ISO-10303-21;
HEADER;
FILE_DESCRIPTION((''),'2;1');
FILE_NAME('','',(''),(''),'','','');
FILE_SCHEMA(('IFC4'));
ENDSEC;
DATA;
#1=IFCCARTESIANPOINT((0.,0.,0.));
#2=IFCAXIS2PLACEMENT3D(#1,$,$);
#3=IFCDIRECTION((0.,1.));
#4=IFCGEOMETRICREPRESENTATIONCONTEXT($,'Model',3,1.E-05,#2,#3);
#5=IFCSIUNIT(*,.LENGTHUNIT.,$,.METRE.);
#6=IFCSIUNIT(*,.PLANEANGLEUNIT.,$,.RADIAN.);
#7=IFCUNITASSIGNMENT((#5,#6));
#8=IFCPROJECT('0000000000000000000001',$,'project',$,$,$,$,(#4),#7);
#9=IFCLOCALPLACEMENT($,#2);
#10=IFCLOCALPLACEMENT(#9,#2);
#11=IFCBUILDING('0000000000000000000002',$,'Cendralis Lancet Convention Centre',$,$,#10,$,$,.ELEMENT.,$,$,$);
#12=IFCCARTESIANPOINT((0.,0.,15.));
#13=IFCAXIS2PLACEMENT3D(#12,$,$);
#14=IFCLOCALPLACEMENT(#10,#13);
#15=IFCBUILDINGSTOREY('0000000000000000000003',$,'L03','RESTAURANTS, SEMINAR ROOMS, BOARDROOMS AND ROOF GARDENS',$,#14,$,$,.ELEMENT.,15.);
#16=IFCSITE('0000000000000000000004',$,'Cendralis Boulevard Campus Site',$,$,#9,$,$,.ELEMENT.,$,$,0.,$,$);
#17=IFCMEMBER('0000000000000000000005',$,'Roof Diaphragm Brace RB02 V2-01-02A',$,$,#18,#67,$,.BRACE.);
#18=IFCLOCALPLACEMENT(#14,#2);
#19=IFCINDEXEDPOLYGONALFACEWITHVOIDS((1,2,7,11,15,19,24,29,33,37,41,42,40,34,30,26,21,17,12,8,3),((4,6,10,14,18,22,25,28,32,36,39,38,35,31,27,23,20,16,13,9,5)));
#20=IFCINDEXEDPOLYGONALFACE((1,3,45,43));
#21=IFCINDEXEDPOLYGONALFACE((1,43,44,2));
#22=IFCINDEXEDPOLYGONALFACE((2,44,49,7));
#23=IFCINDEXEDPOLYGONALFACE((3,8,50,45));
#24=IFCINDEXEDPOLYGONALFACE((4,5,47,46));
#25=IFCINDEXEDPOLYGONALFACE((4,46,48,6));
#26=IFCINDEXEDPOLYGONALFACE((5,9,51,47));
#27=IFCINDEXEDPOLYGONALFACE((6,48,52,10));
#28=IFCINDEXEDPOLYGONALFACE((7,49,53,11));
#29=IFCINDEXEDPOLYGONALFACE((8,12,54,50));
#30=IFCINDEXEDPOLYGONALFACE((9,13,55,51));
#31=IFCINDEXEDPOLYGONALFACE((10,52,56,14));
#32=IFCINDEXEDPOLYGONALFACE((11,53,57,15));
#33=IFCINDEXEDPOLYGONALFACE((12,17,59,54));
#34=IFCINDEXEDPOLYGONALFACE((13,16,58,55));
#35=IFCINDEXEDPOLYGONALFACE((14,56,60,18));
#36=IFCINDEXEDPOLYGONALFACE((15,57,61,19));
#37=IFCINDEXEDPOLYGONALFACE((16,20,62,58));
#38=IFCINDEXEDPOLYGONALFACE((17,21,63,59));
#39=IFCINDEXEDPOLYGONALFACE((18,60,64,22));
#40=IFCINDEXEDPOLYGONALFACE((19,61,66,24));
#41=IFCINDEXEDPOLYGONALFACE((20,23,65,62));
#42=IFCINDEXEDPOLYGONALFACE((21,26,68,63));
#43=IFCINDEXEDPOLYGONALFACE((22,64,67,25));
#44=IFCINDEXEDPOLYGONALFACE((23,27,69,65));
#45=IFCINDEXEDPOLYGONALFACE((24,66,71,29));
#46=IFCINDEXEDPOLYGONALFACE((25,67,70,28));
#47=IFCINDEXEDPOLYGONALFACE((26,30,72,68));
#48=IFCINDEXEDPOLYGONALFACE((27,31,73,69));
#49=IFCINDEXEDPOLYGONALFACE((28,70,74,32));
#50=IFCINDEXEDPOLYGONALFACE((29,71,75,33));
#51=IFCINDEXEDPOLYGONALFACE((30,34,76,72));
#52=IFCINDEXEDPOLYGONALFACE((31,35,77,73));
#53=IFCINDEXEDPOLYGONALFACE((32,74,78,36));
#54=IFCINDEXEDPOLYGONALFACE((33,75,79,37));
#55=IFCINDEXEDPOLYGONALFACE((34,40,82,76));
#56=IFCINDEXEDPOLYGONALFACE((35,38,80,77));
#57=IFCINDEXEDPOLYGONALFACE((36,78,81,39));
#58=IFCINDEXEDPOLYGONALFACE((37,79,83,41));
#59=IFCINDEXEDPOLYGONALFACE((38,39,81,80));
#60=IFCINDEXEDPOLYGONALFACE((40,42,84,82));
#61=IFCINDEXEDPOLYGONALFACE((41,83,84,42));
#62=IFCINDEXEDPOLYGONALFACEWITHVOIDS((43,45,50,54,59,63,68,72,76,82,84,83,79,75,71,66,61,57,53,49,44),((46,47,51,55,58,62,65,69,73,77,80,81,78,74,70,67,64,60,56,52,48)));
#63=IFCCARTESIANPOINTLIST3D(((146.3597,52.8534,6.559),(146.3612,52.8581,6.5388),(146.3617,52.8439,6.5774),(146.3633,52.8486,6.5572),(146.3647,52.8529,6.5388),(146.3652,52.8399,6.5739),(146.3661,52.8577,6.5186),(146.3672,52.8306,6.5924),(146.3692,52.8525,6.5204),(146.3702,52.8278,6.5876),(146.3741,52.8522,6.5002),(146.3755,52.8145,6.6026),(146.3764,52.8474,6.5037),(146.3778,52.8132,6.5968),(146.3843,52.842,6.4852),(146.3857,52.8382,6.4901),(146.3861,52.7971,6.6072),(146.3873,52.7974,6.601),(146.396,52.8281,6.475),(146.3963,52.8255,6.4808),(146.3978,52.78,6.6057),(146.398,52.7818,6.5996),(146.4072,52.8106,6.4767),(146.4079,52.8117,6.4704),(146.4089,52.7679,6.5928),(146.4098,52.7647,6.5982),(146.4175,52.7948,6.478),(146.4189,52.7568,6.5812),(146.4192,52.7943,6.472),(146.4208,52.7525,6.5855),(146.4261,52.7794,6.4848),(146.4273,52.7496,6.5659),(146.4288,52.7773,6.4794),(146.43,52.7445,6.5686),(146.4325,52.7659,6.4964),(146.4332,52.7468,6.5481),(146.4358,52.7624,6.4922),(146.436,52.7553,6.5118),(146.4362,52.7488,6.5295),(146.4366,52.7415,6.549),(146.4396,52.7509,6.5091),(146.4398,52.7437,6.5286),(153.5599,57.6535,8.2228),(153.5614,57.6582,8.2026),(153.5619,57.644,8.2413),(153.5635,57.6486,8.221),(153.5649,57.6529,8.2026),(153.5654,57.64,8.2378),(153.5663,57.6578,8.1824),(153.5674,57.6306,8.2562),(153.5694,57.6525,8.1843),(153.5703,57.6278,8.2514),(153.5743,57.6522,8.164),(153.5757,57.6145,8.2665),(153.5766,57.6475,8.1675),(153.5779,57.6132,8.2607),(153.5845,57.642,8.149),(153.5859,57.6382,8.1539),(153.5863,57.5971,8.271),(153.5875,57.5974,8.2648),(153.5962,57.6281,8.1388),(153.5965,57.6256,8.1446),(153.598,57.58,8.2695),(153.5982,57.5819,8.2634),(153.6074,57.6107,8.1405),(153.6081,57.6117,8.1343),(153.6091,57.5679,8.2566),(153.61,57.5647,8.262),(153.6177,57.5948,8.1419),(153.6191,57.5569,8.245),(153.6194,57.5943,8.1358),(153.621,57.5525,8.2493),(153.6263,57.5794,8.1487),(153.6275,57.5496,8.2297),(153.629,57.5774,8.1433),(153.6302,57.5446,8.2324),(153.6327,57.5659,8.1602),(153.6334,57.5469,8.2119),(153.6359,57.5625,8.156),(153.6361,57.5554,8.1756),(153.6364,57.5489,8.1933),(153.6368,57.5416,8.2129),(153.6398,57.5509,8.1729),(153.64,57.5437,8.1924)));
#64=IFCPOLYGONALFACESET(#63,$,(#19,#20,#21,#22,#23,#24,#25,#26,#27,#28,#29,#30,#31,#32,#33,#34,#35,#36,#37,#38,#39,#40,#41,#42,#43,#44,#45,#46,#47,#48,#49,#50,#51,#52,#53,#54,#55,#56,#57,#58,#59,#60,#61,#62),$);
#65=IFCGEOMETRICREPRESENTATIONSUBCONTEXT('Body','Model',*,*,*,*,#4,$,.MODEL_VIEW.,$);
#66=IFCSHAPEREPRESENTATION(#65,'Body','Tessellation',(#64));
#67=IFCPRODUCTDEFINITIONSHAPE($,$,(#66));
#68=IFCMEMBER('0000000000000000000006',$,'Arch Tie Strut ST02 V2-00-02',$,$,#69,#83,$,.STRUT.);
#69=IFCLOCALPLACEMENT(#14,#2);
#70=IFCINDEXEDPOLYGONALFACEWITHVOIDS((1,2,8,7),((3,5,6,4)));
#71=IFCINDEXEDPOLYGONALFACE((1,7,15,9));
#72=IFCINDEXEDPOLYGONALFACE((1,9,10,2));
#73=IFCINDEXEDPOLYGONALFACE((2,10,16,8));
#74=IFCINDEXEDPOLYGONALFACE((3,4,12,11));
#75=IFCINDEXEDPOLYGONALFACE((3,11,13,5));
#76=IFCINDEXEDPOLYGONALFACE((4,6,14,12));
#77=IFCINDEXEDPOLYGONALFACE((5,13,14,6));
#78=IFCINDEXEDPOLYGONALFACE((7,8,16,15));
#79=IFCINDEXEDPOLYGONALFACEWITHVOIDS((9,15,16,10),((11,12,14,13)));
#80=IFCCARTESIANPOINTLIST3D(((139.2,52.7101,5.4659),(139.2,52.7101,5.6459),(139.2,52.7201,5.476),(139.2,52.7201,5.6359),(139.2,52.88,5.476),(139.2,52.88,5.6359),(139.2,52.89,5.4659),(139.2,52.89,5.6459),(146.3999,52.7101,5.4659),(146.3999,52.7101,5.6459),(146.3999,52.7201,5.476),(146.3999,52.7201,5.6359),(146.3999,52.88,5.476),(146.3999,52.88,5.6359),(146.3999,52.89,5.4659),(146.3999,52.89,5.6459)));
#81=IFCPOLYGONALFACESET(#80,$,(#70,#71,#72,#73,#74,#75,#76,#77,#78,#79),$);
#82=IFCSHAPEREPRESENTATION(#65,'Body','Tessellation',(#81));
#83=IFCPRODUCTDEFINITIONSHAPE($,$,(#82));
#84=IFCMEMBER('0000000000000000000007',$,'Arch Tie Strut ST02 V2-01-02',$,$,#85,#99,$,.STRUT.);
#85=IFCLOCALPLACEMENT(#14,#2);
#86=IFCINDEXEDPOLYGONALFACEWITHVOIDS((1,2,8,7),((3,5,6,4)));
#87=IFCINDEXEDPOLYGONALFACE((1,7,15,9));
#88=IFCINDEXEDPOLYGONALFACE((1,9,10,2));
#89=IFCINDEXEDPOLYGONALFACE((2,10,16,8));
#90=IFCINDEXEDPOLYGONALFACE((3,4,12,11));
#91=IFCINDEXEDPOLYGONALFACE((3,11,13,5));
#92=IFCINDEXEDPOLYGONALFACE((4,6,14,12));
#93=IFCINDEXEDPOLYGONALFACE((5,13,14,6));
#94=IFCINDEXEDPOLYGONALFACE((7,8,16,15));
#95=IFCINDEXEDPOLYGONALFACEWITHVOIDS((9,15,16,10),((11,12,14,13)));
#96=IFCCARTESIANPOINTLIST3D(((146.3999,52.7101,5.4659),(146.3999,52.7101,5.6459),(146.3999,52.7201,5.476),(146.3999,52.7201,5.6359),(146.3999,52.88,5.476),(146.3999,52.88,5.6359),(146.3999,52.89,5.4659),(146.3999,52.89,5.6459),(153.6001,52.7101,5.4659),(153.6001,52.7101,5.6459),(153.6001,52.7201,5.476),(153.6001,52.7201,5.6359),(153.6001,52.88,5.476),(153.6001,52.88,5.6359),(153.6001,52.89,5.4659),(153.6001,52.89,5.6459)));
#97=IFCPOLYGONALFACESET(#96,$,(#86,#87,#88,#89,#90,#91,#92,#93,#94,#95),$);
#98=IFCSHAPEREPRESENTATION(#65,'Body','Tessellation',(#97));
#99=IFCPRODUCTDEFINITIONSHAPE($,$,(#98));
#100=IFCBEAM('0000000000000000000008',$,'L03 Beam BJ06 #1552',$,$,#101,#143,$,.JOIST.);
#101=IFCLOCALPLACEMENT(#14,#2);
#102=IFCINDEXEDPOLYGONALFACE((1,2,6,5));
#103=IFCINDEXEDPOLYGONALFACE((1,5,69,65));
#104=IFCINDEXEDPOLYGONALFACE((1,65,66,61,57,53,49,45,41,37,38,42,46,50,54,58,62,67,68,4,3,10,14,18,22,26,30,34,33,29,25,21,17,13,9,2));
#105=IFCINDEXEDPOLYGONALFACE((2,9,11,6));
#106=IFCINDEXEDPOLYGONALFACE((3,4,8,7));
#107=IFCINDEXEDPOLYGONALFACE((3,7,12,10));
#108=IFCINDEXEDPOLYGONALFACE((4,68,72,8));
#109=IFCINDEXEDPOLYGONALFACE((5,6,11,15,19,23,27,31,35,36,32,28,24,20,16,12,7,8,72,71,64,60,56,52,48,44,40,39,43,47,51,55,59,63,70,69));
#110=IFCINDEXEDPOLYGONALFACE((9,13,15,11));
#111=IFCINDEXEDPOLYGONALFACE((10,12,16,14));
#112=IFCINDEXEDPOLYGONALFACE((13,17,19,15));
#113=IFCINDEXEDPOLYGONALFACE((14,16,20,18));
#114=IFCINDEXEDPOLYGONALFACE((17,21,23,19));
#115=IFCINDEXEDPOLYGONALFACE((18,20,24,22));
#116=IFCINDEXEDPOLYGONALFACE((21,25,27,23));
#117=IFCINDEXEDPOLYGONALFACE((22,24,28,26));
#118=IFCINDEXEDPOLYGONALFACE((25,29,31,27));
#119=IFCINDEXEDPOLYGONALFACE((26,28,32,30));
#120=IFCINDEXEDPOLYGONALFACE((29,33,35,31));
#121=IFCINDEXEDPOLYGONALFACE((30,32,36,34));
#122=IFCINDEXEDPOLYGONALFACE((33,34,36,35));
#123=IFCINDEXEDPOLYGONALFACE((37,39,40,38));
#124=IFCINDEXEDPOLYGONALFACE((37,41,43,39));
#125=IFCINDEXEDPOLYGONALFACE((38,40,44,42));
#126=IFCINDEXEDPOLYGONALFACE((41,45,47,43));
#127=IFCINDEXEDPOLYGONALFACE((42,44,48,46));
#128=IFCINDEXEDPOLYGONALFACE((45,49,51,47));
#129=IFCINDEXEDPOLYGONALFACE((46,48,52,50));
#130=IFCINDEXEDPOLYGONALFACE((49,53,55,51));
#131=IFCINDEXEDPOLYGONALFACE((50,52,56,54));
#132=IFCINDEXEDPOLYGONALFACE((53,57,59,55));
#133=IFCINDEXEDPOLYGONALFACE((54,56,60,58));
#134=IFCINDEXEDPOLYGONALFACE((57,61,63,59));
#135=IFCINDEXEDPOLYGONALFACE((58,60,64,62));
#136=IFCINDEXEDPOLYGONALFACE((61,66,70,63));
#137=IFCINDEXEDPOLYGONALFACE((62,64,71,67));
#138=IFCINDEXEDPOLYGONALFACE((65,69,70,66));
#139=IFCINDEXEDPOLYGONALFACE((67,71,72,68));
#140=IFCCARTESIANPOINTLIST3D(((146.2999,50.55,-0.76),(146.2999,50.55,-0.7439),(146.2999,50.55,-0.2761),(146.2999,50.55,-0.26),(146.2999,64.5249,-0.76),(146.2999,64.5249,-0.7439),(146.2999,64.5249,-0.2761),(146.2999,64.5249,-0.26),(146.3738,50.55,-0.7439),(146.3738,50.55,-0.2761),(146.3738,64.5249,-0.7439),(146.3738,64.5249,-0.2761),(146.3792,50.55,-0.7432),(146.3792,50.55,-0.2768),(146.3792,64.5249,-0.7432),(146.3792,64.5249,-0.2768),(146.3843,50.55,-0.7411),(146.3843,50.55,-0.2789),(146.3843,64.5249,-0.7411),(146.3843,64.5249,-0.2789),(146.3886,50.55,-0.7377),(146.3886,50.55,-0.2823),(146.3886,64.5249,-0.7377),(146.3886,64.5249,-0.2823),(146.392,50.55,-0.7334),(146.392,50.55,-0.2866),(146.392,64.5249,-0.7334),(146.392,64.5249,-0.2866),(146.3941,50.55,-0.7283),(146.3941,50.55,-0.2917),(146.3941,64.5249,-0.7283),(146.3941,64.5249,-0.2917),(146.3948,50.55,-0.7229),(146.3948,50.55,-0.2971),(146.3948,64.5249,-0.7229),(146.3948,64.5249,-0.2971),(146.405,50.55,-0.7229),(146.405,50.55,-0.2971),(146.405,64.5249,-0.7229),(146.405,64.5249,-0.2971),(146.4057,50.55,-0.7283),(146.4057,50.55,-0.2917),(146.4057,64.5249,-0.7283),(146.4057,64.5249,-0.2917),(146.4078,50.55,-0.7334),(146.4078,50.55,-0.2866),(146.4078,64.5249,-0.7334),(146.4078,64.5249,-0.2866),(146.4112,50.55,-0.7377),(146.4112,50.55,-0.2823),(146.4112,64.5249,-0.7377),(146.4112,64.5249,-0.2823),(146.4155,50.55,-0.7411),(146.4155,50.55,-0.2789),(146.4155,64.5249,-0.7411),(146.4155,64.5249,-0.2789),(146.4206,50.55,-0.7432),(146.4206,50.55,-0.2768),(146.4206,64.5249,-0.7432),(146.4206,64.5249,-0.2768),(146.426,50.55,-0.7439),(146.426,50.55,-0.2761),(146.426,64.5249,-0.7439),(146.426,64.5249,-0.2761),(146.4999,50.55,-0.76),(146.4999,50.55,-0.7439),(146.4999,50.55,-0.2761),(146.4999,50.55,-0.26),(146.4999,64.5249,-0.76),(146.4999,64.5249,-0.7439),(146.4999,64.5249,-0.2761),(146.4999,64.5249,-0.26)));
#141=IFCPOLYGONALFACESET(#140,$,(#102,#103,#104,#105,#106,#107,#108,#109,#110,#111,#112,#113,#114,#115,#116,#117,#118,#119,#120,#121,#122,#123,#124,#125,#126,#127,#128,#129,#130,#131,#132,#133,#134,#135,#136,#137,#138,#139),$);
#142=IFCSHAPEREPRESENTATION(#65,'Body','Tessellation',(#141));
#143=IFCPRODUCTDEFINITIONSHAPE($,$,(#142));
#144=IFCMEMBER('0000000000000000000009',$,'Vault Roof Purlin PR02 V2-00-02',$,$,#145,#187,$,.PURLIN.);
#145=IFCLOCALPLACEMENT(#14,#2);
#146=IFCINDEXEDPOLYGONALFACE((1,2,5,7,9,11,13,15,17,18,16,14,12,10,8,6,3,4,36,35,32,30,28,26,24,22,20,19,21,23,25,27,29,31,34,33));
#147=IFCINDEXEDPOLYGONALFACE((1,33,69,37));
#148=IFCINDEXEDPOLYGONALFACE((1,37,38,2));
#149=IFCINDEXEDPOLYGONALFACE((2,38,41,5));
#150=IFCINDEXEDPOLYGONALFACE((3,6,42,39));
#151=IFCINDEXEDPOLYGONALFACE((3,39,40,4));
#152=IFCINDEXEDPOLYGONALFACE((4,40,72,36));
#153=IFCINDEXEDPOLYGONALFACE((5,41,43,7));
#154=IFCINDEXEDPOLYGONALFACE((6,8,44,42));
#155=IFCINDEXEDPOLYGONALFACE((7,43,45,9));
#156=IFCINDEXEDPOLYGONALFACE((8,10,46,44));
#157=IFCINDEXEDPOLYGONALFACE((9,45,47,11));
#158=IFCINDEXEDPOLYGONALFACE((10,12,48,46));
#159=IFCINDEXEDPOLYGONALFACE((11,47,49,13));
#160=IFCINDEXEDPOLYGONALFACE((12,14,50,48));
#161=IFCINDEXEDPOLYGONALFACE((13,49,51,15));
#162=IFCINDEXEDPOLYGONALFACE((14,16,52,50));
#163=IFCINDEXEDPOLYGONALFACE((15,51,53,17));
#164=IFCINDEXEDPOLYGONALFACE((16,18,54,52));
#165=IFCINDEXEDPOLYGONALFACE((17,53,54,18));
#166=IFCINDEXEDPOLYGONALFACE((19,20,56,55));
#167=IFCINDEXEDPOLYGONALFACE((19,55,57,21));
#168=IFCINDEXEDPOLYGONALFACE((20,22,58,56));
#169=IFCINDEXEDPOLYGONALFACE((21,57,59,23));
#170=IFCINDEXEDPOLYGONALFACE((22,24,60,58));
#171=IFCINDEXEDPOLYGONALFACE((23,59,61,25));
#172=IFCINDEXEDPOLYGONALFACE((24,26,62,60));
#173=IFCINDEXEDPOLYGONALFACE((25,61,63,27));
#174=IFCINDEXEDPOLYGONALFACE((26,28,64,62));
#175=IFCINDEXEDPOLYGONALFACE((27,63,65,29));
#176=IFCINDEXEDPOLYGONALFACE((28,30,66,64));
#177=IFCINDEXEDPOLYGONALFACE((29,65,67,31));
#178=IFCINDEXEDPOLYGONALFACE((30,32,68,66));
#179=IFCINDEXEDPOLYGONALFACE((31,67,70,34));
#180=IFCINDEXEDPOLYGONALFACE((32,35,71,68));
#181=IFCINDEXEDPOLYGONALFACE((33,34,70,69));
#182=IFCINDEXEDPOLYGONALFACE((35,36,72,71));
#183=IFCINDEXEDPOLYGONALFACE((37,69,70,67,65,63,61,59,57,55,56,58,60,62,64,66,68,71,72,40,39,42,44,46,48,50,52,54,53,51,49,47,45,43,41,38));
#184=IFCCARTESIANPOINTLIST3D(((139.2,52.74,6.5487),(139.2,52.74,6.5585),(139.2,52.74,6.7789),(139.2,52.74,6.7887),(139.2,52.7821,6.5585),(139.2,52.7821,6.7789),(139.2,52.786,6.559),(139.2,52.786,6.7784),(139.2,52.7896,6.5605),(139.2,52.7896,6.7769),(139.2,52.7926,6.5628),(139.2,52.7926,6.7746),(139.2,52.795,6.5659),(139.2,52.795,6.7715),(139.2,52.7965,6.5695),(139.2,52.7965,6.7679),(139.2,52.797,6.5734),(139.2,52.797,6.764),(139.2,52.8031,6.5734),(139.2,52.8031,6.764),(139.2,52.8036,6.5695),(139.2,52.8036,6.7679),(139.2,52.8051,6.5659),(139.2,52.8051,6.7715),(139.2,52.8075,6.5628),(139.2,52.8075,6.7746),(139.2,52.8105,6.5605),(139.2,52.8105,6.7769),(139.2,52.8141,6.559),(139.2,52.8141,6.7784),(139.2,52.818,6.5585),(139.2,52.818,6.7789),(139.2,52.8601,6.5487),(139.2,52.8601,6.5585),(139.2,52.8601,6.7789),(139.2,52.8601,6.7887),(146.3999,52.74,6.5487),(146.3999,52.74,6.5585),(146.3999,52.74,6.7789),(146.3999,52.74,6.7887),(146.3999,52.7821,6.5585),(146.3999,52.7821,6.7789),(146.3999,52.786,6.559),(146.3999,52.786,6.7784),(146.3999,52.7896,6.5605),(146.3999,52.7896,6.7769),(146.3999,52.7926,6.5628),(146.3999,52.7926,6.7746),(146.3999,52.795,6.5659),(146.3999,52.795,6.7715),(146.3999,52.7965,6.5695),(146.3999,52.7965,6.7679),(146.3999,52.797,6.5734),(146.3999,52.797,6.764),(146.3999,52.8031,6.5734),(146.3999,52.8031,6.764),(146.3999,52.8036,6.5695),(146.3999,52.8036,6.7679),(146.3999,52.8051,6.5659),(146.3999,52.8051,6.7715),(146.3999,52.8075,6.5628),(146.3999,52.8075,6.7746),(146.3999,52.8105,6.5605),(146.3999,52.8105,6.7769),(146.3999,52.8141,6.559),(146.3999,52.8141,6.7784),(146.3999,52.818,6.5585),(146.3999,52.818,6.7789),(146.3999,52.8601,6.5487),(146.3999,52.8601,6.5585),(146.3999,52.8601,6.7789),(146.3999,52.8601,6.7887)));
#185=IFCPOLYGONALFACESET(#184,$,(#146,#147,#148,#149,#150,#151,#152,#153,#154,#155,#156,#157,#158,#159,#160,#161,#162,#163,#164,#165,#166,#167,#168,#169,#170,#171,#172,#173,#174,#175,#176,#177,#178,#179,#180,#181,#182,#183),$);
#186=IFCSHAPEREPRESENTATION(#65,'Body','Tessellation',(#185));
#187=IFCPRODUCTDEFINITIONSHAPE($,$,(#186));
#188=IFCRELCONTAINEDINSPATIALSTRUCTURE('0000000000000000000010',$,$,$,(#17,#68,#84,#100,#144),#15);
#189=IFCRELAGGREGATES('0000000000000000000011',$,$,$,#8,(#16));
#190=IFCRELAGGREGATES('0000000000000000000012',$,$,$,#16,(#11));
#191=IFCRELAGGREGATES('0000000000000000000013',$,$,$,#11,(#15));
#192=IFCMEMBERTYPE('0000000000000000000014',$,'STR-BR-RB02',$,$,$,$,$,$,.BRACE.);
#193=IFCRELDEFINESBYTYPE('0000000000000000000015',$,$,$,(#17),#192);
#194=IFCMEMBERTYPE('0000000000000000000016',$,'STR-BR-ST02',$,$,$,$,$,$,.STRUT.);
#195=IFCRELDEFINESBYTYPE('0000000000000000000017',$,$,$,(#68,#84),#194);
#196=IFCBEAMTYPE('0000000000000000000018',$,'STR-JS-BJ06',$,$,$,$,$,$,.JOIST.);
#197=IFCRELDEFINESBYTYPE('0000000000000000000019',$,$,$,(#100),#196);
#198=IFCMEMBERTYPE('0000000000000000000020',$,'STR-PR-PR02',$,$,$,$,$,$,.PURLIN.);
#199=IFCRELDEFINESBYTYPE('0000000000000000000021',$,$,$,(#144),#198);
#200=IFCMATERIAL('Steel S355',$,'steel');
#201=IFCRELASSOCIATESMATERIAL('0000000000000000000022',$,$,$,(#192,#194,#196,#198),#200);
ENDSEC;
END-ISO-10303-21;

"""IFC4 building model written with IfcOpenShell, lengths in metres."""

from ifc_helpers import new_model, si_unit, direction, frame, origin, origin_2d, place, context, subcontext, project, spatial, hollow_rectangle, hollow_circle, i_section, extrude, material, material_profile, profile_set, type_object, element, save


model = new_model("IFC4")

# Units and contexts
model_context = context("Model", 3, precision=1e-05, world=origin(), true_north=direction((0.0, 1.0)))
body_context = subcontext(model_context, "Body", "Model", "MODEL_VIEW")
ifc_project = project(units=[si_unit("LENGTHUNIT", "METRE"), si_unit("PLANEANGLEUNIT", "RADIAN")], contexts=[model_context])

# Site, building, storey
site_placement = place(None, origin())
site = spatial("IfcSite", under=ifc_project, at=site_placement, Name="Cendralis Boulevard Campus Site", CompositionType="ELEMENT", RefElevation=0.0)
building_placement = place(site_placement, origin())
building = spatial("IfcBuilding", under=site, at=building_placement, Name="Cendralis Lancet Convention Centre", CompositionType="ELEMENT")
storey_placement = place(building_placement, frame((0.0, 0.0, 15.0)))
storey = spatial("IfcBuildingStorey", under=building, at=storey_placement, Name="L03", Description="RESTAURANTS, SEMINAR ROOMS, BOARDROOMS AND ROOF GARDENS", CompositionType="ELEMENT", Elevation=15.0)

# Shared definitions
ifc_material_1 = material(Name="Steel S355", Category="steel")

# Members
ifc_material_profile_1 = material_profile(ifc_material_1, hollow_circle(Radius=0.0698, WallThickness=0.0063, at=origin_2d()), Name="CHS 139.7x6.3")
ifc_profile_set_1 = profile_set([ifc_material_profile_1], Name="Steel S355")
member_type_1 = type_object("IfcMemberType", Name="STR-BR-RB02", PredefinedType="BRACE", material=ifc_profile_set_1)
member_1_placement = place(storey_placement, frame((146.3999, 52.8, 6.5388), z_axis=(0.817089, 0.544716, 0.188813), x_axis=(-0.554694, 0.832055, 0.0)))
element("IfcMember", 1, at=member_1_placement, inside=storey, type_object=member_type_1, Name="Roof Diaphragm Brace RB02 V2-01-02A", PredefinedType="BRACE", context=body_context, shape_type="SweptSolid", body=[
    extrude(hollow_circle(Radius=0.0698, WallThickness=0.0063, at=origin_2d()), origin(), (0.0, 0.0, 1.0), 8.812),
])
ifc_material_profile_2 = material_profile(ifc_material_1, hollow_rectangle(XDim=0.1799, YDim=0.1799, WallThickness=0.01, at=origin_2d()), Name="SHS 180x180x10.0")
ifc_profile_set_2 = profile_set([ifc_material_profile_2], Name="Steel S355")
member_type_2 = type_object("IfcMemberType", Name="STR-BR-ST02", PredefinedType="STRUT", material=ifc_profile_set_2)
member_2_placement = place(storey_placement, frame((139.2, 52.8, 5.5559), z_axis=(1.0, 0.0, 0.0), x_axis=(0.0, 1.0, 0.0)))
element("IfcMember", 2, at=member_2_placement, inside=storey, type_object=member_type_2, Name="Arch Tie Strut ST02 V2-00-02", PredefinedType="STRUT", context=body_context, shape_type="SweptSolid", body=[
    extrude(hollow_rectangle(XDim=0.1799, YDim=0.1799, WallThickness=0.01, at=origin_2d()), origin(), (0.0, 0.0, 1.0), 7.2),
])
member_3_placement = place(storey_placement, frame((146.3999, 52.8, 5.5559), z_axis=(1.0, 0.0, 0.0), x_axis=(0.0, 1.0, 0.0)))
element("IfcMember", 3, at=member_3_placement, inside=storey, type_object=member_type_2, Name="Arch Tie Strut ST02 V2-01-02", PredefinedType="STRUT", context=body_context, shape_type="SweptSolid", body=[
    extrude(hollow_rectangle(XDim=0.1799, YDim=0.1799, WallThickness=0.01, at=origin_2d()), origin(), (0.0, 0.0, 1.0), 7.2002),
])

# Beam
ifc_material_profile_3 = material_profile(ifc_material_1, i_section(OverallWidth=0.2, OverallDepth=0.5, WebThickness=0.0103, FlangeThickness=0.0161, FilletRadius=0.021, at=origin_2d()), Name="IPE 500")
ifc_profile_set_3 = profile_set([ifc_material_profile_3], Name="Steel S355")
beam_type_1 = type_object("IfcBeamType", Name="STR-JS-BJ06", PredefinedType="JOIST", material=ifc_profile_set_3)
beam_1_placement = place(storey_placement, frame((146.3999, 50.55, -0.51), z_axis=(0.0, 1.0, 0.0), x_axis=(-1.0, 0.0, 0.0)))
element("IfcBeam", 4, at=beam_1_placement, inside=storey, type_object=beam_type_1, Name="L03 Beam BJ06 #1552", PredefinedType="JOIST", context=body_context, shape_type="SweptSolid", body=[
    extrude(i_section(OverallWidth=0.2, OverallDepth=0.5, WebThickness=0.0103, FlangeThickness=0.0161, FilletRadius=0.021, at=origin_2d()), origin(), (0.0, 0.0, 1.0), 13.9749),
])

# Member
ifc_material_profile_4 = material_profile(ifc_material_1, i_section(OverallWidth=0.1201, OverallDepth=0.24, WebThickness=0.0061, FlangeThickness=0.0098, FilletRadius=0.0149, at=origin_2d()), Name="IPE 240")
ifc_profile_set_4 = profile_set([ifc_material_profile_4], Name="Steel S355")
member_type_3 = type_object("IfcMemberType", Name="STR-PR-PR02", PredefinedType="PURLIN", material=ifc_profile_set_4)
for number, where, z_axis, x_axis, name in (
    (5, (139.2, 52.8, 6.6687), (1.0, 0.0, 0.0), (0.0, 1.0, 0.0), "Vault Roof Purlin PR02 V2-00-02"),
):
    element("IfcMember", number, at=place(storey_placement, frame(where, z_axis=z_axis, x_axis=x_axis)), inside=storey, type_object=member_type_3, Name=name, PredefinedType="PURLIN", context=body_context, shape_type="SweptSolid", body=[
        extrude(i_section(OverallWidth=0.1201, OverallDepth=0.24, WebThickness=0.0061, FlangeThickness=0.0098, FilletRadius=0.0149, at=origin_2d()), origin(), (0.0, 0.0, 1.0), 7.2),
    ])

save(model, "model.ifc")
